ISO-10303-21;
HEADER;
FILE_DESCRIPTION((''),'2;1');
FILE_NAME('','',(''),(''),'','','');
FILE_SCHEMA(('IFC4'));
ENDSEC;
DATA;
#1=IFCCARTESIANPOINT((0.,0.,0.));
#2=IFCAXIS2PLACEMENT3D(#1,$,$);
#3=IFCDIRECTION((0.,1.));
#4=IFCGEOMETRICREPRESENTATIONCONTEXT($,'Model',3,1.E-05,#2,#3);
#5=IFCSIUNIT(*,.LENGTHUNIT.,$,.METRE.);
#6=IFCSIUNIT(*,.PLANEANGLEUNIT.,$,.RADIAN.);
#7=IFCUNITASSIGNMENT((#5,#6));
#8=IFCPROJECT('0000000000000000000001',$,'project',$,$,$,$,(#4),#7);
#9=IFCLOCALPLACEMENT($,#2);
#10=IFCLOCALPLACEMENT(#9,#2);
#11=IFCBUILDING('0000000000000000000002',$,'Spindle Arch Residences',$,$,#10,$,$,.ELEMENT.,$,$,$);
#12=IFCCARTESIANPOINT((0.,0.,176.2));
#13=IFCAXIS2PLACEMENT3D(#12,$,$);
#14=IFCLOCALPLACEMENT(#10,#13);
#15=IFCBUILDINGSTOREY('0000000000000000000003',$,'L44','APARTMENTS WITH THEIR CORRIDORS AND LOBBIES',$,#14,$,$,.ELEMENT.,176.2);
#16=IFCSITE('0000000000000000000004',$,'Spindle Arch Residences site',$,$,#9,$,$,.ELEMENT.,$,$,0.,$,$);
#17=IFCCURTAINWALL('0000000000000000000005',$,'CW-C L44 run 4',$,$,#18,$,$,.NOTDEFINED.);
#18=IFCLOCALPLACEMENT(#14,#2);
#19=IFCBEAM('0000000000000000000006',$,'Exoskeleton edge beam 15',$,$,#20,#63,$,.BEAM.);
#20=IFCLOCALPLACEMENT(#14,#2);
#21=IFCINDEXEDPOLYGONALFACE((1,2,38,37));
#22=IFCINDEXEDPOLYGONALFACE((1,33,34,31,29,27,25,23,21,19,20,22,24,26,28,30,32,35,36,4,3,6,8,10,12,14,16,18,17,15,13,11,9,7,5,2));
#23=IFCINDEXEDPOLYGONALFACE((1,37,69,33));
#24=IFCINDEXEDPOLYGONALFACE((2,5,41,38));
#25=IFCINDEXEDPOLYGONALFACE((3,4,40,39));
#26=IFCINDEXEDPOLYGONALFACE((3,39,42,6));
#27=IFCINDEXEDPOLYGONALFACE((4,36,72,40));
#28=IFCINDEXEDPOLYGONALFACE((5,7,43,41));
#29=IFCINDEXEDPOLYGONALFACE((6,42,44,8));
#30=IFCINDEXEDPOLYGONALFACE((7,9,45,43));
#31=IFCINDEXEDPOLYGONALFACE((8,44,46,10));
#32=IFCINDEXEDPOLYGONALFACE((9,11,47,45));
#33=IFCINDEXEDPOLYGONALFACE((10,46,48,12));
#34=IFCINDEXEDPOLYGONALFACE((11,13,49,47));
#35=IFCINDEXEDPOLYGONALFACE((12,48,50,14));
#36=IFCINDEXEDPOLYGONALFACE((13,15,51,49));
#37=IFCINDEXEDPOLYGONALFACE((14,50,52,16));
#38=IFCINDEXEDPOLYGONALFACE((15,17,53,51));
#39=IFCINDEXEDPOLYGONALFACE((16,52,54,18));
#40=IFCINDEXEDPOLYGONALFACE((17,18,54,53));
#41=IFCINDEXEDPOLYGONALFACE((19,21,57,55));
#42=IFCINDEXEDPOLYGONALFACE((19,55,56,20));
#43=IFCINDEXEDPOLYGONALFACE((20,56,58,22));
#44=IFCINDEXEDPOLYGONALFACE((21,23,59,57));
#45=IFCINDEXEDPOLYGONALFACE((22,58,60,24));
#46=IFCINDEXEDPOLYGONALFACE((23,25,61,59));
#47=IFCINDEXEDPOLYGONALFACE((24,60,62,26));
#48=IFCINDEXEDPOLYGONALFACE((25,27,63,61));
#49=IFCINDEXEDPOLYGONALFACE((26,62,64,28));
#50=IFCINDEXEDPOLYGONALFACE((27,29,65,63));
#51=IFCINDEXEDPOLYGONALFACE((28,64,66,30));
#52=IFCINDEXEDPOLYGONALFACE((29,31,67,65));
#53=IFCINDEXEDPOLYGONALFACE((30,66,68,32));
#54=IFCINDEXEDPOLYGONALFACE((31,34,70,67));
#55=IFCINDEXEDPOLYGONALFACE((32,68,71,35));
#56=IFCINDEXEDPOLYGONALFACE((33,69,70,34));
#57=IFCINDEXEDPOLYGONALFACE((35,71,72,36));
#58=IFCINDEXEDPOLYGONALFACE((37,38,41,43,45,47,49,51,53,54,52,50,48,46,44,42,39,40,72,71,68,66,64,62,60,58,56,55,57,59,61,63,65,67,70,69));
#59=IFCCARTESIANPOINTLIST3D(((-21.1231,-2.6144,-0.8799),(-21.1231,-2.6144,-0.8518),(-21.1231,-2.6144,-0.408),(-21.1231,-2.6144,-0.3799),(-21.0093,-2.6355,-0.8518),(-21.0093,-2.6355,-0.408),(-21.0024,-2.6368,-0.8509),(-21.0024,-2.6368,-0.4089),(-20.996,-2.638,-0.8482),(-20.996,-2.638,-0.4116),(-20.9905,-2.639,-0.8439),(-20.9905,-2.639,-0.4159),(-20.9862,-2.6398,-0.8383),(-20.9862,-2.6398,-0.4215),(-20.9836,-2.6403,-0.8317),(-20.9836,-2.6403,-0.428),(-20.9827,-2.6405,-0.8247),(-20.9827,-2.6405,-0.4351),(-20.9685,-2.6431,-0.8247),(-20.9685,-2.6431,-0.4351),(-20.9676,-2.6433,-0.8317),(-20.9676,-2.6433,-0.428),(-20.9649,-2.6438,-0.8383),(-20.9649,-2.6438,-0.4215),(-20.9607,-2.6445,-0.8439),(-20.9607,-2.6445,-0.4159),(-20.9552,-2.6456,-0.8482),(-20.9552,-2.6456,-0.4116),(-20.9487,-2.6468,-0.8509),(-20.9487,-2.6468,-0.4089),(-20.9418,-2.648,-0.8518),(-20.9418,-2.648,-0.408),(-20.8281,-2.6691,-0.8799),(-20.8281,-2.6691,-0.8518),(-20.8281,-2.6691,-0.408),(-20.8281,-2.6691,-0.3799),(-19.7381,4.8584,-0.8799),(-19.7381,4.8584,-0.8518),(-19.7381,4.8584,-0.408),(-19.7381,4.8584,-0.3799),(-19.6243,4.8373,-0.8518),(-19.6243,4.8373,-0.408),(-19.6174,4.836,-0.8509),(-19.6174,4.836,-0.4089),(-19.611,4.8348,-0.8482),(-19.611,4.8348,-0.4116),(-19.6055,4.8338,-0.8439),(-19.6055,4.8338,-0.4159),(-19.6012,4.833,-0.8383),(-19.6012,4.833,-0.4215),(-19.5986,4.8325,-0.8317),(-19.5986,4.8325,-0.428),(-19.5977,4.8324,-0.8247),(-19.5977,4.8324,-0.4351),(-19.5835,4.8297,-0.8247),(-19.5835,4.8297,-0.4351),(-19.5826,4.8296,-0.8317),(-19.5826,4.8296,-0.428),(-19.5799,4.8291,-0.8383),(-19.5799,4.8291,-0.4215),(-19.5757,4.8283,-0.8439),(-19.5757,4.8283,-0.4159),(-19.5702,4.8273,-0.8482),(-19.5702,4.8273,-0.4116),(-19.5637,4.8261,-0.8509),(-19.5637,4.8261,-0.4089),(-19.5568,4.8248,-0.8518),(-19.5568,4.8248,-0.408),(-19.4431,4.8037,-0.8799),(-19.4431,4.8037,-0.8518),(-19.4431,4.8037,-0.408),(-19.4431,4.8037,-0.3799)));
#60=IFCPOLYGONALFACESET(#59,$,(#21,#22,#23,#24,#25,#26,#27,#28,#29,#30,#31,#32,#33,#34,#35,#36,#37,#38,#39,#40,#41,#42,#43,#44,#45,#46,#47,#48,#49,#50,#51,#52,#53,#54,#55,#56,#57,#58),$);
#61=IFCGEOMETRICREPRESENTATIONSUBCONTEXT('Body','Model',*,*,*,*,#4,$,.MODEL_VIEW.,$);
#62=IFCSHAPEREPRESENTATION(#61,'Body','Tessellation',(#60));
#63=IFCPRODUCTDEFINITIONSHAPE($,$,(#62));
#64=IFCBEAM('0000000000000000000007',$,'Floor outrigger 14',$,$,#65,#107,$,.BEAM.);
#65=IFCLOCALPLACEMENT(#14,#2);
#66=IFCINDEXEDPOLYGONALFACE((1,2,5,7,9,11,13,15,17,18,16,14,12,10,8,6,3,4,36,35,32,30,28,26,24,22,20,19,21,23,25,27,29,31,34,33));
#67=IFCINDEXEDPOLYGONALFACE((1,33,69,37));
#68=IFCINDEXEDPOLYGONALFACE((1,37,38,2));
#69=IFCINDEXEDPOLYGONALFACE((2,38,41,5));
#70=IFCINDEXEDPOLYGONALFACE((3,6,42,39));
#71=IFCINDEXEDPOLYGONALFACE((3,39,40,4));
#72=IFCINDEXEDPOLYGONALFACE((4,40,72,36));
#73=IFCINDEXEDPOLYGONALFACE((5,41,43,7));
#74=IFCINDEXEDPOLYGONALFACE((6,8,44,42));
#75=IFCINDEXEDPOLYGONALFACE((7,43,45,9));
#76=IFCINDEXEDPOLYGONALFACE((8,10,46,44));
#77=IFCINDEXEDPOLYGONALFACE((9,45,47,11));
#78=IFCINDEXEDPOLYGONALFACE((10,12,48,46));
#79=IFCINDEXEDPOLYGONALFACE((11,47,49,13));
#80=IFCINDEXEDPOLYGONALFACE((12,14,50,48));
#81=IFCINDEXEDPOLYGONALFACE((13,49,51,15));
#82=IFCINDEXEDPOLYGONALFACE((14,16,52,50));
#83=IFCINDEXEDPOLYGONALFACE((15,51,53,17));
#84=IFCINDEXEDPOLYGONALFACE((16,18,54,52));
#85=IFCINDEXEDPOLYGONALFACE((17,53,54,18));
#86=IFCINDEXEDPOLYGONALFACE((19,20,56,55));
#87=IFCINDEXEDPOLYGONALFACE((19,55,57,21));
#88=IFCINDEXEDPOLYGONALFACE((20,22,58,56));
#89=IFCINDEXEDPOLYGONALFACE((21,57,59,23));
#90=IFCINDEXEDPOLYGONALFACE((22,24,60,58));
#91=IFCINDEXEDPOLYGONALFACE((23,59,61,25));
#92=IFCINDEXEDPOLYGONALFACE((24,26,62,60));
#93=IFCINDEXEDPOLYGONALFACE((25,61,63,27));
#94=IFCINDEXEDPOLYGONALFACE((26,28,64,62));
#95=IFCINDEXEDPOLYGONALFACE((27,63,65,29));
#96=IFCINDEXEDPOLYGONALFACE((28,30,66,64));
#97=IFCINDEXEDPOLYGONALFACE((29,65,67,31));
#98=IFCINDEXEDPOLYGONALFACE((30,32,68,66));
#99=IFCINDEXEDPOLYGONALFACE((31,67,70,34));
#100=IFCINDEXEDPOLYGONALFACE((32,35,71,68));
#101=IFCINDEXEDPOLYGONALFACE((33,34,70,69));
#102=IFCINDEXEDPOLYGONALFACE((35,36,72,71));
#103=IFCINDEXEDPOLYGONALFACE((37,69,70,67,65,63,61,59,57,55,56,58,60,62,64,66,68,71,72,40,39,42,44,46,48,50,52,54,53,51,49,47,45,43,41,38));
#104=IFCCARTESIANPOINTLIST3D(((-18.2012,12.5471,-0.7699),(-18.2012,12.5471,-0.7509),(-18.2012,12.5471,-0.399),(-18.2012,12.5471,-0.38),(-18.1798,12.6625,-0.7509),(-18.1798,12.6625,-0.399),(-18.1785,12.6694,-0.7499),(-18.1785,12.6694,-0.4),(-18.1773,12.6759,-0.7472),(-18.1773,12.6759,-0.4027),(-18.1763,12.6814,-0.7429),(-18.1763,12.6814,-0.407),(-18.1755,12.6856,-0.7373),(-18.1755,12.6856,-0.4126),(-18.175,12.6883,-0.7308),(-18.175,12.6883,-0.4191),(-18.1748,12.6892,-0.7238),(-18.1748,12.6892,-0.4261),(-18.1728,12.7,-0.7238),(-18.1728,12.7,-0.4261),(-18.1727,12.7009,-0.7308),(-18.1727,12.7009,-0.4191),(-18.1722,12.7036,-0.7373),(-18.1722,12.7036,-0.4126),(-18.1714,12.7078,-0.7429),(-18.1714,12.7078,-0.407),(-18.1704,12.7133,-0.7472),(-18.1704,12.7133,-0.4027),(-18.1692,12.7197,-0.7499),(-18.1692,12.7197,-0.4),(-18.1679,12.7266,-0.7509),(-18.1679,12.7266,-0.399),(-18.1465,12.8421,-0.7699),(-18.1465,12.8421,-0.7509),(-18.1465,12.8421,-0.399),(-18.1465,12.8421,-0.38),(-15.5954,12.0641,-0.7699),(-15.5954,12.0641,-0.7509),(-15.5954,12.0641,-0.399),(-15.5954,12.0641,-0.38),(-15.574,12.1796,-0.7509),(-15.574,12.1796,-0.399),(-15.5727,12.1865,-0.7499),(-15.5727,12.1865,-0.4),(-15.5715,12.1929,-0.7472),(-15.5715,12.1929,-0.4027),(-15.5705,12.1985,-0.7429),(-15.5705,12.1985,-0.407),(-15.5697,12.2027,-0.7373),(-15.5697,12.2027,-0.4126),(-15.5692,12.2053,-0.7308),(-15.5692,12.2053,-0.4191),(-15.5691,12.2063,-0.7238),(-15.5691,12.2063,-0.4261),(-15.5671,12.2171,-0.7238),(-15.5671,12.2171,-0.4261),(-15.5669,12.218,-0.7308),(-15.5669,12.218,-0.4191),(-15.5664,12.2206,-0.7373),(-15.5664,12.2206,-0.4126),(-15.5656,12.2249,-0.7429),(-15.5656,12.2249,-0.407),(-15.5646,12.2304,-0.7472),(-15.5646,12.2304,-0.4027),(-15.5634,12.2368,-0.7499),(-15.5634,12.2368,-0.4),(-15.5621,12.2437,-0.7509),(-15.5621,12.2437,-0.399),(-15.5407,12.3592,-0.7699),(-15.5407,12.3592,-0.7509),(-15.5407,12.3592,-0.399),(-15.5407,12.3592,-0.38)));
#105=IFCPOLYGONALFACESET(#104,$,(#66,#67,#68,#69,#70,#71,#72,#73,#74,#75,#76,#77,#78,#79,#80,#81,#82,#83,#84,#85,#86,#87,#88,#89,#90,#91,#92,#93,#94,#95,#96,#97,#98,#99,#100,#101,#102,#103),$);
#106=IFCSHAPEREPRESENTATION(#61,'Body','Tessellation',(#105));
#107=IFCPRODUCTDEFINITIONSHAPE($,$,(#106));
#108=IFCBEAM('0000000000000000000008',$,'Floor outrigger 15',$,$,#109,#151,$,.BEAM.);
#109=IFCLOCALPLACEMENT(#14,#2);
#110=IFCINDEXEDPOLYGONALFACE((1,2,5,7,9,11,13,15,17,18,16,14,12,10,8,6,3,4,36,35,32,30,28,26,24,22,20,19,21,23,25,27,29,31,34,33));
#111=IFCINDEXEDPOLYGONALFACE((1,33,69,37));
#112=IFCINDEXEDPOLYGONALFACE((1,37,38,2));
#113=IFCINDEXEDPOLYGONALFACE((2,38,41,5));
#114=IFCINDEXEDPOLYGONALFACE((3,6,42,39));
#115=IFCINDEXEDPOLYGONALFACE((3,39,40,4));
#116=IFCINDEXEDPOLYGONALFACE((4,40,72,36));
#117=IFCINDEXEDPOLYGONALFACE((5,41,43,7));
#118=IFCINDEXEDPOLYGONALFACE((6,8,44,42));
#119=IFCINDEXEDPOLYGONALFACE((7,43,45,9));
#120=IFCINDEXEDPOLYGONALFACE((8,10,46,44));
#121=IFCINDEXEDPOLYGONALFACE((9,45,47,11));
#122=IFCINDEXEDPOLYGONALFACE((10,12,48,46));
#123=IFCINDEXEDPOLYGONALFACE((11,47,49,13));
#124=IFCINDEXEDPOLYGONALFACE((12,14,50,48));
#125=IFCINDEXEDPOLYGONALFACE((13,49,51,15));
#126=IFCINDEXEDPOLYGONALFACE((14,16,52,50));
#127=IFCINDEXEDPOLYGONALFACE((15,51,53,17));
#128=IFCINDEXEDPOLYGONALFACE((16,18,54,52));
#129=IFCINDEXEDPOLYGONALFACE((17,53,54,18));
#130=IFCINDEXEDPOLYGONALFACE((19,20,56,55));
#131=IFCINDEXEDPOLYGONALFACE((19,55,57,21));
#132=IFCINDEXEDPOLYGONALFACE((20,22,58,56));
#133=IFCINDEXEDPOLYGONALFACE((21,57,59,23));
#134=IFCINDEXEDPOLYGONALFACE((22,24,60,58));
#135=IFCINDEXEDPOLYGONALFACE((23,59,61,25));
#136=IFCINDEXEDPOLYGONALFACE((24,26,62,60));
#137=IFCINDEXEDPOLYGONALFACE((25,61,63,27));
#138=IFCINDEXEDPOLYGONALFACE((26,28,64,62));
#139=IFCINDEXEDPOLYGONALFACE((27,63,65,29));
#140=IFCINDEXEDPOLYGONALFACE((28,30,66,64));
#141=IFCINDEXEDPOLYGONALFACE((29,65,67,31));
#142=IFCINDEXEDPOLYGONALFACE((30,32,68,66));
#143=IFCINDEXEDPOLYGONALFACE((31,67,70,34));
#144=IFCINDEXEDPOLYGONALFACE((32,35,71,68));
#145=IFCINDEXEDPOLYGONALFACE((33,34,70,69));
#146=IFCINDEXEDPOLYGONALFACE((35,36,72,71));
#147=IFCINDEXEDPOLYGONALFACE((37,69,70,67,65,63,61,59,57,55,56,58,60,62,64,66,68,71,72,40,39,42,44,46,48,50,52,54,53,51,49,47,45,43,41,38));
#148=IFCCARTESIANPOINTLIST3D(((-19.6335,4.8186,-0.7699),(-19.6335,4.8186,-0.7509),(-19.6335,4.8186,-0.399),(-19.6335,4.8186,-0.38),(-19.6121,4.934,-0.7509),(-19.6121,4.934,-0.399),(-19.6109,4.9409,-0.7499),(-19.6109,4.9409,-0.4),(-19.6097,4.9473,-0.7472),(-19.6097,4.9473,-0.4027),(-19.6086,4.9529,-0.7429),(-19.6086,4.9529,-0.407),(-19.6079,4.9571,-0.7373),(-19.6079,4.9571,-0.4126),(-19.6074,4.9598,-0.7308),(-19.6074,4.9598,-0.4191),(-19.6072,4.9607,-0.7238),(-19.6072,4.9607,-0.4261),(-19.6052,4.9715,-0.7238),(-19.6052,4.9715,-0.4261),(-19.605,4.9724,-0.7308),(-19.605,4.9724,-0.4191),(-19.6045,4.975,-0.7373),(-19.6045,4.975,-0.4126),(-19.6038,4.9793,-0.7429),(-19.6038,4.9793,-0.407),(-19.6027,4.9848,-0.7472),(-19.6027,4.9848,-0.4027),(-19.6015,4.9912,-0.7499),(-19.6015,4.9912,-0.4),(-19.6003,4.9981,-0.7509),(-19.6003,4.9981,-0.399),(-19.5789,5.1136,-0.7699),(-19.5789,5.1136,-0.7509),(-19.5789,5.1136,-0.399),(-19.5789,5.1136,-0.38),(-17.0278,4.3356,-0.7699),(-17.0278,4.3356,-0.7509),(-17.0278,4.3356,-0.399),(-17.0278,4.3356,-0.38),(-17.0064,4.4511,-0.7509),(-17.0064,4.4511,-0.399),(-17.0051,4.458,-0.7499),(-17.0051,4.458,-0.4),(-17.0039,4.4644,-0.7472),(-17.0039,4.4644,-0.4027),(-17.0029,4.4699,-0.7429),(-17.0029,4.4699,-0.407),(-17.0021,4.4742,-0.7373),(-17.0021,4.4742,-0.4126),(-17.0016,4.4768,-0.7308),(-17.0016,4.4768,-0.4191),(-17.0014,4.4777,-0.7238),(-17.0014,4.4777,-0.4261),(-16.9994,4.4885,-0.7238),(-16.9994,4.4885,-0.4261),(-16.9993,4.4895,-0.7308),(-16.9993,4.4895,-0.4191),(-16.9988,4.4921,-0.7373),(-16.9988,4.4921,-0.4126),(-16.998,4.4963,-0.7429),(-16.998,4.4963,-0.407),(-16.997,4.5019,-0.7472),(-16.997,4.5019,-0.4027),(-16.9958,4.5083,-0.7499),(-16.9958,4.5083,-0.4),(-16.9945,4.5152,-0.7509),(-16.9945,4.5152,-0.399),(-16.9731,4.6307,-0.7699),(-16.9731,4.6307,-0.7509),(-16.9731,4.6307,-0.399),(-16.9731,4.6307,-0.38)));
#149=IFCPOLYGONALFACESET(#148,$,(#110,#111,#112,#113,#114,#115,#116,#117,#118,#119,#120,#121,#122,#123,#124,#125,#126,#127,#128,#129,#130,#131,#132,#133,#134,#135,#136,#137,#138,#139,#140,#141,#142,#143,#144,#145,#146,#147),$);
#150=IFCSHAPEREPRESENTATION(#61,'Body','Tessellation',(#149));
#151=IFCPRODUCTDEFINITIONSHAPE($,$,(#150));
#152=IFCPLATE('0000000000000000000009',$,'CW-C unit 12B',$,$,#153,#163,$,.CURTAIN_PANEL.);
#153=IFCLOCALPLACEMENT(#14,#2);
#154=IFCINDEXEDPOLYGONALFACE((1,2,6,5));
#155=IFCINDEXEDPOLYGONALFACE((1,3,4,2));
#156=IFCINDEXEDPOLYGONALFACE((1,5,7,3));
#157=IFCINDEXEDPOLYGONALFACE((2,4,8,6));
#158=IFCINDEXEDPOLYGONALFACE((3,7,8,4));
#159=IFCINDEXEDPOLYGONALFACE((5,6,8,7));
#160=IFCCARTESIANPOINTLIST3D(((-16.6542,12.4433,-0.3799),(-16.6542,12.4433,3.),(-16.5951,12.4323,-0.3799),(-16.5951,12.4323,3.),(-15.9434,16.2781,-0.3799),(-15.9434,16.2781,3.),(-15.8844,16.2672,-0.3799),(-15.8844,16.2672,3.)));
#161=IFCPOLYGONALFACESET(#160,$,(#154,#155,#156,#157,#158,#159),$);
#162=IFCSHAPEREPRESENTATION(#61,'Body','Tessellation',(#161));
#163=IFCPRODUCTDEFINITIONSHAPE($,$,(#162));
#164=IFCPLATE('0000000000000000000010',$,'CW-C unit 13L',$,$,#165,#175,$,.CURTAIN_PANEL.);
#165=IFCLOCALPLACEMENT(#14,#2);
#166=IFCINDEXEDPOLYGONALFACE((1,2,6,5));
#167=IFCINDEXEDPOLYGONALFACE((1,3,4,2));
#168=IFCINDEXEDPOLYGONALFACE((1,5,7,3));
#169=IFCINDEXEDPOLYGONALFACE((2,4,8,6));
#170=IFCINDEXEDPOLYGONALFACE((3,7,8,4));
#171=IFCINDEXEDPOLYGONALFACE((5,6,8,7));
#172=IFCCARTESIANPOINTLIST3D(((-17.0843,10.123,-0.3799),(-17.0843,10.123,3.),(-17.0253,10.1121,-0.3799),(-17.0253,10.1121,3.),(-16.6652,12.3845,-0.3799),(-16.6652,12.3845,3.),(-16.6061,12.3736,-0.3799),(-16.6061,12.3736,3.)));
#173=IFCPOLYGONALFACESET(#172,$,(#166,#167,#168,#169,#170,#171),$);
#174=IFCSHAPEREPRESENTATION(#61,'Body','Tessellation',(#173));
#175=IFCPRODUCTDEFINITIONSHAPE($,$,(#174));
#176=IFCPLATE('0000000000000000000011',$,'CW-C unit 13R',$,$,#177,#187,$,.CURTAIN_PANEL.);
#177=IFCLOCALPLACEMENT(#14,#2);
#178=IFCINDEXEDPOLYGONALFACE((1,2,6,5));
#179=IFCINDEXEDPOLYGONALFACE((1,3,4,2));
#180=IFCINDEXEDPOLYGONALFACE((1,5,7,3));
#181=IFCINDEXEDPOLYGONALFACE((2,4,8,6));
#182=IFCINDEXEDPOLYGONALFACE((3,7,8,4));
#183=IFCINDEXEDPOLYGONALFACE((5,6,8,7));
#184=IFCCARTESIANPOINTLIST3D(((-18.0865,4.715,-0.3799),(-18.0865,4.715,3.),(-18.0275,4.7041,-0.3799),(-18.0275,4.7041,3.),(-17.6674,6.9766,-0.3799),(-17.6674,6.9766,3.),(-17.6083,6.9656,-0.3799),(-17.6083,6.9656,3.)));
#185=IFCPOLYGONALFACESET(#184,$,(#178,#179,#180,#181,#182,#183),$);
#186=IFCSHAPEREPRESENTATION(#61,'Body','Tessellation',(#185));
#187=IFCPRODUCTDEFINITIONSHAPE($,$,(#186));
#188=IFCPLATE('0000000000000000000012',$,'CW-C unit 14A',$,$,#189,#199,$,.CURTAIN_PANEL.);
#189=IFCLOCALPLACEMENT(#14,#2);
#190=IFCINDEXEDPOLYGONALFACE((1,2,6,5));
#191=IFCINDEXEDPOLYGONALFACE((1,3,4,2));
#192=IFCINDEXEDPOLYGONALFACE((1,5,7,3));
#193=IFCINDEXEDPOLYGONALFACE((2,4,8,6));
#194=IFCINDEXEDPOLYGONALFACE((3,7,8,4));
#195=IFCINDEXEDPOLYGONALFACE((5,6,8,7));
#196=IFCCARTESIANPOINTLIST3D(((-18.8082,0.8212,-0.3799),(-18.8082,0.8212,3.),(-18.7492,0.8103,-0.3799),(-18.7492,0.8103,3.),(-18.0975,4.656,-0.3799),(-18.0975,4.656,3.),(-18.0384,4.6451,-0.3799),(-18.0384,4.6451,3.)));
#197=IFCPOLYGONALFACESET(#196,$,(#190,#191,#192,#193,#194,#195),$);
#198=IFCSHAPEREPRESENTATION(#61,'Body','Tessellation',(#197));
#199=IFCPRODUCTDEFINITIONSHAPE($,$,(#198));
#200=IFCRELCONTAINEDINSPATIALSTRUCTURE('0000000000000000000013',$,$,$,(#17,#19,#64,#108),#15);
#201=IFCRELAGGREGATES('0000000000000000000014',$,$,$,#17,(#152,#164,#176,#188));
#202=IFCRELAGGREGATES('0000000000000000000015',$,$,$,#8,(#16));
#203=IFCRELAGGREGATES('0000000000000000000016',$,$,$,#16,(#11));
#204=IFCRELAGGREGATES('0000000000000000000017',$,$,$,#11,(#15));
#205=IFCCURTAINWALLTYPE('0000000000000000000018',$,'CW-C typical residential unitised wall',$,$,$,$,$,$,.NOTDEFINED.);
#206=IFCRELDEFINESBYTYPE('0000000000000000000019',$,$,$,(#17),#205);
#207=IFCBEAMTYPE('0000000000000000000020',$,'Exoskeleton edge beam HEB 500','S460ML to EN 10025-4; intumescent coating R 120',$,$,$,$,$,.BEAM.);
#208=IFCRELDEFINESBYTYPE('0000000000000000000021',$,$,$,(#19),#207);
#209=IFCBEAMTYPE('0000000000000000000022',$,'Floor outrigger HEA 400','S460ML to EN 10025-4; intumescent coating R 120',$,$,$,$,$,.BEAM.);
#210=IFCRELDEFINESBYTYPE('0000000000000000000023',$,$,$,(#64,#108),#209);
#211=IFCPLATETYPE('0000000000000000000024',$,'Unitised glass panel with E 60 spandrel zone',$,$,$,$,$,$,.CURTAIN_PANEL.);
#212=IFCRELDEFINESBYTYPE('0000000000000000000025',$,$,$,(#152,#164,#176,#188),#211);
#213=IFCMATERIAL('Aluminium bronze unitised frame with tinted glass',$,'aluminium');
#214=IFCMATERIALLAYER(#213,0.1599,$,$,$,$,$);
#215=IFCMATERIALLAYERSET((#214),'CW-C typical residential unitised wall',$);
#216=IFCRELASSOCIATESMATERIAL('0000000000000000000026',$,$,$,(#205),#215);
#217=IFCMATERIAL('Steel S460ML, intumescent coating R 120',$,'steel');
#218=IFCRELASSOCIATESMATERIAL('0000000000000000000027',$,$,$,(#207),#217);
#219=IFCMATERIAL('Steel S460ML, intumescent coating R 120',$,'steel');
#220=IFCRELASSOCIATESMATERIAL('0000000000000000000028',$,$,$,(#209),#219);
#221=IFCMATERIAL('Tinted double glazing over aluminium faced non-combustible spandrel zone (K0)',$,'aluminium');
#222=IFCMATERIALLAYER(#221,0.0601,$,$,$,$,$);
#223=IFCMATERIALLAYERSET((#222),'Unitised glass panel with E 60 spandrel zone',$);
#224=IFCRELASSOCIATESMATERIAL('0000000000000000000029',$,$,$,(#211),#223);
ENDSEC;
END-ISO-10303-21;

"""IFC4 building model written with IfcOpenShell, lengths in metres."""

from ifc_helpers import new_model, si_unit, direction, frame, origin, origin_2d, place, context, subcontext, project, spatial, rectangle, i_section, extrude, material, layer, layer_set, material_profile, profile_set, type_object, element, aggregate, save


model = new_model("IFC4")

# Units and contexts
model_context = context("Model", 3, precision=1e-05, world=origin(), true_north=direction((0.0, 1.0)))
body_context = subcontext(model_context, "Body", "Model", "MODEL_VIEW")
ifc_project = project(units=[si_unit("LENGTHUNIT", "METRE"), si_unit("PLANEANGLEUNIT", "RADIAN")], contexts=[model_context])

# Site, building, storey
site_placement = place(None, origin())
site = spatial("IfcSite", under=ifc_project, at=site_placement, Name="Spindle Arch Residences site", CompositionType="ELEMENT", RefElevation=0.0)
building_placement = place(site_placement, origin())
building = spatial("IfcBuilding", under=site, at=building_placement, Name="Spindle Arch Residences", CompositionType="ELEMENT")
storey_placement = place(building_placement, frame((0.0, 0.0, 176.2)))
storey = spatial("IfcBuildingStorey", under=building, at=storey_placement, Name="L44", Description="APARTMENTS WITH THEIR CORRIDORS AND LOBBIES", CompositionType="ELEMENT", Elevation=176.2)

# Curtain wall
ifc_material_1 = material(Name="Aluminium bronze unitised frame with tinted glass", Category="aluminium")
ifc_layer_1 = layer(ifc_material_1, 0.1599)
ifc_layer_set_1 = layer_set([ifc_layer_1], Name="CW-C typical residential unitised wall")
curtain_wall_type = type_object("IfcCurtainWallType", Name="CW-C typical residential unitised wall", PredefinedType="NOTDEFINED", material=ifc_layer_set_1)
curtain_wall_placement = place(storey_placement, origin())
curtain_wall = element("IfcCurtainWall", 1, at=curtain_wall_placement, inside=storey, type_object=curtain_wall_type, Name="CW-C L44 run 4", PredefinedType="NOTDEFINED")

# Beams
ifc_material_2 = material(Name="Steel S460ML, intumescent coating R 120", Category="steel")
ifc_material_profile_1 = material_profile(ifc_material_2, i_section(OverallWidth=0.3, OverallDepth=0.5, WebThickness=0.0144, FlangeThickness=0.0281, FilletRadius=0.0271, at=origin_2d()), Name="HEB 500")
ifc_profile_set_1 = profile_set([ifc_material_profile_1], Name="Steel S460ML, intumescent coating R 120")
beam_type_1 = type_object("IfcBeamType", Name="Exoskeleton edge beam HEB 500", Description="S460ML to EN 10025-4; intumescent coating R 120", PredefinedType="BEAM", material=ifc_profile_set_1)
for number, where, z_axis, x_axis, name in (
    (2, (-19.5906, 4.8311, -0.6299), (-0.182234, -0.983255, 0.0), (0.983255, -0.182234, 0.0), "Exoskeleton edge beam 15"),
):
    element("IfcBeam", number, at=place(storey_placement, frame(where, z_axis=z_axis, x_axis=x_axis)), inside=storey, type_object=beam_type_1, Name=name, PredefinedType="BEAM", context=body_context, shape_type="SweptSolid", body=[
        extrude(i_section(OverallWidth=0.3, OverallDepth=0.5, WebThickness=0.0144, FlangeThickness=0.0281, FilletRadius=0.0271, at=origin_2d()), origin(), (0.0, 0.0, 1.0), 7.6001),
    ])
ifc_material_3 = material(Name="Steel S460ML, intumescent coating R 120", Category="steel")
ifc_material_profile_2 = material_profile(ifc_material_3, i_section(OverallWidth=0.3, OverallDepth=0.3899, WebThickness=0.011, FlangeThickness=0.019, FilletRadius=0.0271, at=origin_2d()), Name="HEA 400")
ifc_profile_set_2 = profile_set([ifc_material_profile_2], Name="Steel S460ML, intumescent coating R 120")
beam_type_2 = type_object("IfcBeamType", Name="Floor outrigger HEA 400", Description="S460ML to EN 10025-4; intumescent coating R 120", PredefinedType="BEAM", material=ifc_profile_set_2)
for number, where, z_axis, x_axis, name in (
    (3, (-18.1738, 12.6946, -0.575), (0.983257, -0.182225, 0.0), (0.182225, 0.983257, 0.0), "Floor outrigger 14"),
    (4, (-19.6062, 4.9661, -0.575), (0.983257, -0.182225, 0.0), (0.182225, 0.983257, 0.0), "Floor outrigger 15"),
):
    element("IfcBeam", number, at=place(storey_placement, frame(where, z_axis=z_axis, x_axis=x_axis)), inside=storey, type_object=beam_type_2, Name=name, PredefinedType="BEAM", context=body_context, shape_type="SweptSolid", body=[
        extrude(i_section(OverallWidth=0.3, OverallDepth=0.3899, WebThickness=0.011, FlangeThickness=0.019, FilletRadius=0.0271, at=origin_2d()), origin(), (0.0, 0.0, 1.0), 2.6501),
    ])

# Plates
ifc_material_4 = material(Name="Tinted double glazing over aluminium faced non-combustible spandrel zone (K0)", Category="aluminium")
ifc_layer_2 = layer(ifc_material_4, 0.0601)
ifc_layer_set_2 = layer_set([ifc_layer_2], Name="Unitised glass panel with E 60 spandrel zone")
plate_type = type_object("IfcPlateType", Name="Unitised glass panel with E 60 spandrel zone", PredefinedType="CURTAIN_PANEL", material=ifc_layer_set_2)
plate_1_placement = place(storey_placement, frame((-16.2693, 14.3552, -0.3799), z_axis=(0.0, 0.0, 1.0), x_axis=(-0.182236, -0.983255, 0.0)))
plate_1 = element("IfcPlate", 5, at=plate_1_placement, type_object=plate_type, Name="CW-C unit 12B", PredefinedType="CURTAIN_PANEL", context=body_context, shape_type="SweptSolid", body=[
    extrude(rectangle(XDim=3.9001, YDim=0.0601, at=origin_2d()), origin(), (0.0, 0.0, 1.0), 3.3799),
])
plate_2_placement = place(storey_placement, frame((-16.8452, 11.2483, -0.3799), z_axis=(0.0, 0.0, 1.0), x_axis=(-0.182236, -0.983255, 0.0)))
plate_2 = element("IfcPlate", 6, at=plate_2_placement, type_object=plate_type, Name="CW-C unit 13L", PredefinedType="CURTAIN_PANEL", context=body_context, shape_type="SweptSolid", body=[
    extrude(rectangle(XDim=2.3, YDim=0.0601, at=origin_2d()), origin(), (0.0, 0.0, 1.0), 3.3799),
])
plate_3_placement = place(storey_placement, frame((-17.8474, 5.8403, -0.3799), z_axis=(0.0, 0.0, 1.0), x_axis=(-0.182236, -0.983255, 0.0)))
plate_3 = element("IfcPlate", 7, at=plate_3_placement, type_object=plate_type, Name="CW-C unit 13R", PredefinedType="CURTAIN_PANEL", context=body_context, shape_type="SweptSolid", body=[
    extrude(rectangle(XDim=2.3, YDim=0.0601, at=origin_2d()), origin(), (0.0, 0.0, 1.0), 3.3799),
])
plate_4_placement = place(storey_placement, frame((-18.4233, 2.7332, -0.3799), z_axis=(0.0, 0.0, 1.0), x_axis=(-0.182236, -0.983255, 0.0)))
plate_4 = element("IfcPlate", 8, at=plate_4_placement, type_object=plate_type, Name="CW-C unit 14A", PredefinedType="CURTAIN_PANEL", context=body_context, shape_type="SweptSolid", body=[
    extrude(rectangle(XDim=3.9001, YDim=0.0601, at=origin_2d()), origin(), (0.0, 0.0, 1.0), 3.3799),
])
aggregate(curtain_wall, [plate_1, plate_2, plate_3, plate_4])

save(model, "model.ifc")
